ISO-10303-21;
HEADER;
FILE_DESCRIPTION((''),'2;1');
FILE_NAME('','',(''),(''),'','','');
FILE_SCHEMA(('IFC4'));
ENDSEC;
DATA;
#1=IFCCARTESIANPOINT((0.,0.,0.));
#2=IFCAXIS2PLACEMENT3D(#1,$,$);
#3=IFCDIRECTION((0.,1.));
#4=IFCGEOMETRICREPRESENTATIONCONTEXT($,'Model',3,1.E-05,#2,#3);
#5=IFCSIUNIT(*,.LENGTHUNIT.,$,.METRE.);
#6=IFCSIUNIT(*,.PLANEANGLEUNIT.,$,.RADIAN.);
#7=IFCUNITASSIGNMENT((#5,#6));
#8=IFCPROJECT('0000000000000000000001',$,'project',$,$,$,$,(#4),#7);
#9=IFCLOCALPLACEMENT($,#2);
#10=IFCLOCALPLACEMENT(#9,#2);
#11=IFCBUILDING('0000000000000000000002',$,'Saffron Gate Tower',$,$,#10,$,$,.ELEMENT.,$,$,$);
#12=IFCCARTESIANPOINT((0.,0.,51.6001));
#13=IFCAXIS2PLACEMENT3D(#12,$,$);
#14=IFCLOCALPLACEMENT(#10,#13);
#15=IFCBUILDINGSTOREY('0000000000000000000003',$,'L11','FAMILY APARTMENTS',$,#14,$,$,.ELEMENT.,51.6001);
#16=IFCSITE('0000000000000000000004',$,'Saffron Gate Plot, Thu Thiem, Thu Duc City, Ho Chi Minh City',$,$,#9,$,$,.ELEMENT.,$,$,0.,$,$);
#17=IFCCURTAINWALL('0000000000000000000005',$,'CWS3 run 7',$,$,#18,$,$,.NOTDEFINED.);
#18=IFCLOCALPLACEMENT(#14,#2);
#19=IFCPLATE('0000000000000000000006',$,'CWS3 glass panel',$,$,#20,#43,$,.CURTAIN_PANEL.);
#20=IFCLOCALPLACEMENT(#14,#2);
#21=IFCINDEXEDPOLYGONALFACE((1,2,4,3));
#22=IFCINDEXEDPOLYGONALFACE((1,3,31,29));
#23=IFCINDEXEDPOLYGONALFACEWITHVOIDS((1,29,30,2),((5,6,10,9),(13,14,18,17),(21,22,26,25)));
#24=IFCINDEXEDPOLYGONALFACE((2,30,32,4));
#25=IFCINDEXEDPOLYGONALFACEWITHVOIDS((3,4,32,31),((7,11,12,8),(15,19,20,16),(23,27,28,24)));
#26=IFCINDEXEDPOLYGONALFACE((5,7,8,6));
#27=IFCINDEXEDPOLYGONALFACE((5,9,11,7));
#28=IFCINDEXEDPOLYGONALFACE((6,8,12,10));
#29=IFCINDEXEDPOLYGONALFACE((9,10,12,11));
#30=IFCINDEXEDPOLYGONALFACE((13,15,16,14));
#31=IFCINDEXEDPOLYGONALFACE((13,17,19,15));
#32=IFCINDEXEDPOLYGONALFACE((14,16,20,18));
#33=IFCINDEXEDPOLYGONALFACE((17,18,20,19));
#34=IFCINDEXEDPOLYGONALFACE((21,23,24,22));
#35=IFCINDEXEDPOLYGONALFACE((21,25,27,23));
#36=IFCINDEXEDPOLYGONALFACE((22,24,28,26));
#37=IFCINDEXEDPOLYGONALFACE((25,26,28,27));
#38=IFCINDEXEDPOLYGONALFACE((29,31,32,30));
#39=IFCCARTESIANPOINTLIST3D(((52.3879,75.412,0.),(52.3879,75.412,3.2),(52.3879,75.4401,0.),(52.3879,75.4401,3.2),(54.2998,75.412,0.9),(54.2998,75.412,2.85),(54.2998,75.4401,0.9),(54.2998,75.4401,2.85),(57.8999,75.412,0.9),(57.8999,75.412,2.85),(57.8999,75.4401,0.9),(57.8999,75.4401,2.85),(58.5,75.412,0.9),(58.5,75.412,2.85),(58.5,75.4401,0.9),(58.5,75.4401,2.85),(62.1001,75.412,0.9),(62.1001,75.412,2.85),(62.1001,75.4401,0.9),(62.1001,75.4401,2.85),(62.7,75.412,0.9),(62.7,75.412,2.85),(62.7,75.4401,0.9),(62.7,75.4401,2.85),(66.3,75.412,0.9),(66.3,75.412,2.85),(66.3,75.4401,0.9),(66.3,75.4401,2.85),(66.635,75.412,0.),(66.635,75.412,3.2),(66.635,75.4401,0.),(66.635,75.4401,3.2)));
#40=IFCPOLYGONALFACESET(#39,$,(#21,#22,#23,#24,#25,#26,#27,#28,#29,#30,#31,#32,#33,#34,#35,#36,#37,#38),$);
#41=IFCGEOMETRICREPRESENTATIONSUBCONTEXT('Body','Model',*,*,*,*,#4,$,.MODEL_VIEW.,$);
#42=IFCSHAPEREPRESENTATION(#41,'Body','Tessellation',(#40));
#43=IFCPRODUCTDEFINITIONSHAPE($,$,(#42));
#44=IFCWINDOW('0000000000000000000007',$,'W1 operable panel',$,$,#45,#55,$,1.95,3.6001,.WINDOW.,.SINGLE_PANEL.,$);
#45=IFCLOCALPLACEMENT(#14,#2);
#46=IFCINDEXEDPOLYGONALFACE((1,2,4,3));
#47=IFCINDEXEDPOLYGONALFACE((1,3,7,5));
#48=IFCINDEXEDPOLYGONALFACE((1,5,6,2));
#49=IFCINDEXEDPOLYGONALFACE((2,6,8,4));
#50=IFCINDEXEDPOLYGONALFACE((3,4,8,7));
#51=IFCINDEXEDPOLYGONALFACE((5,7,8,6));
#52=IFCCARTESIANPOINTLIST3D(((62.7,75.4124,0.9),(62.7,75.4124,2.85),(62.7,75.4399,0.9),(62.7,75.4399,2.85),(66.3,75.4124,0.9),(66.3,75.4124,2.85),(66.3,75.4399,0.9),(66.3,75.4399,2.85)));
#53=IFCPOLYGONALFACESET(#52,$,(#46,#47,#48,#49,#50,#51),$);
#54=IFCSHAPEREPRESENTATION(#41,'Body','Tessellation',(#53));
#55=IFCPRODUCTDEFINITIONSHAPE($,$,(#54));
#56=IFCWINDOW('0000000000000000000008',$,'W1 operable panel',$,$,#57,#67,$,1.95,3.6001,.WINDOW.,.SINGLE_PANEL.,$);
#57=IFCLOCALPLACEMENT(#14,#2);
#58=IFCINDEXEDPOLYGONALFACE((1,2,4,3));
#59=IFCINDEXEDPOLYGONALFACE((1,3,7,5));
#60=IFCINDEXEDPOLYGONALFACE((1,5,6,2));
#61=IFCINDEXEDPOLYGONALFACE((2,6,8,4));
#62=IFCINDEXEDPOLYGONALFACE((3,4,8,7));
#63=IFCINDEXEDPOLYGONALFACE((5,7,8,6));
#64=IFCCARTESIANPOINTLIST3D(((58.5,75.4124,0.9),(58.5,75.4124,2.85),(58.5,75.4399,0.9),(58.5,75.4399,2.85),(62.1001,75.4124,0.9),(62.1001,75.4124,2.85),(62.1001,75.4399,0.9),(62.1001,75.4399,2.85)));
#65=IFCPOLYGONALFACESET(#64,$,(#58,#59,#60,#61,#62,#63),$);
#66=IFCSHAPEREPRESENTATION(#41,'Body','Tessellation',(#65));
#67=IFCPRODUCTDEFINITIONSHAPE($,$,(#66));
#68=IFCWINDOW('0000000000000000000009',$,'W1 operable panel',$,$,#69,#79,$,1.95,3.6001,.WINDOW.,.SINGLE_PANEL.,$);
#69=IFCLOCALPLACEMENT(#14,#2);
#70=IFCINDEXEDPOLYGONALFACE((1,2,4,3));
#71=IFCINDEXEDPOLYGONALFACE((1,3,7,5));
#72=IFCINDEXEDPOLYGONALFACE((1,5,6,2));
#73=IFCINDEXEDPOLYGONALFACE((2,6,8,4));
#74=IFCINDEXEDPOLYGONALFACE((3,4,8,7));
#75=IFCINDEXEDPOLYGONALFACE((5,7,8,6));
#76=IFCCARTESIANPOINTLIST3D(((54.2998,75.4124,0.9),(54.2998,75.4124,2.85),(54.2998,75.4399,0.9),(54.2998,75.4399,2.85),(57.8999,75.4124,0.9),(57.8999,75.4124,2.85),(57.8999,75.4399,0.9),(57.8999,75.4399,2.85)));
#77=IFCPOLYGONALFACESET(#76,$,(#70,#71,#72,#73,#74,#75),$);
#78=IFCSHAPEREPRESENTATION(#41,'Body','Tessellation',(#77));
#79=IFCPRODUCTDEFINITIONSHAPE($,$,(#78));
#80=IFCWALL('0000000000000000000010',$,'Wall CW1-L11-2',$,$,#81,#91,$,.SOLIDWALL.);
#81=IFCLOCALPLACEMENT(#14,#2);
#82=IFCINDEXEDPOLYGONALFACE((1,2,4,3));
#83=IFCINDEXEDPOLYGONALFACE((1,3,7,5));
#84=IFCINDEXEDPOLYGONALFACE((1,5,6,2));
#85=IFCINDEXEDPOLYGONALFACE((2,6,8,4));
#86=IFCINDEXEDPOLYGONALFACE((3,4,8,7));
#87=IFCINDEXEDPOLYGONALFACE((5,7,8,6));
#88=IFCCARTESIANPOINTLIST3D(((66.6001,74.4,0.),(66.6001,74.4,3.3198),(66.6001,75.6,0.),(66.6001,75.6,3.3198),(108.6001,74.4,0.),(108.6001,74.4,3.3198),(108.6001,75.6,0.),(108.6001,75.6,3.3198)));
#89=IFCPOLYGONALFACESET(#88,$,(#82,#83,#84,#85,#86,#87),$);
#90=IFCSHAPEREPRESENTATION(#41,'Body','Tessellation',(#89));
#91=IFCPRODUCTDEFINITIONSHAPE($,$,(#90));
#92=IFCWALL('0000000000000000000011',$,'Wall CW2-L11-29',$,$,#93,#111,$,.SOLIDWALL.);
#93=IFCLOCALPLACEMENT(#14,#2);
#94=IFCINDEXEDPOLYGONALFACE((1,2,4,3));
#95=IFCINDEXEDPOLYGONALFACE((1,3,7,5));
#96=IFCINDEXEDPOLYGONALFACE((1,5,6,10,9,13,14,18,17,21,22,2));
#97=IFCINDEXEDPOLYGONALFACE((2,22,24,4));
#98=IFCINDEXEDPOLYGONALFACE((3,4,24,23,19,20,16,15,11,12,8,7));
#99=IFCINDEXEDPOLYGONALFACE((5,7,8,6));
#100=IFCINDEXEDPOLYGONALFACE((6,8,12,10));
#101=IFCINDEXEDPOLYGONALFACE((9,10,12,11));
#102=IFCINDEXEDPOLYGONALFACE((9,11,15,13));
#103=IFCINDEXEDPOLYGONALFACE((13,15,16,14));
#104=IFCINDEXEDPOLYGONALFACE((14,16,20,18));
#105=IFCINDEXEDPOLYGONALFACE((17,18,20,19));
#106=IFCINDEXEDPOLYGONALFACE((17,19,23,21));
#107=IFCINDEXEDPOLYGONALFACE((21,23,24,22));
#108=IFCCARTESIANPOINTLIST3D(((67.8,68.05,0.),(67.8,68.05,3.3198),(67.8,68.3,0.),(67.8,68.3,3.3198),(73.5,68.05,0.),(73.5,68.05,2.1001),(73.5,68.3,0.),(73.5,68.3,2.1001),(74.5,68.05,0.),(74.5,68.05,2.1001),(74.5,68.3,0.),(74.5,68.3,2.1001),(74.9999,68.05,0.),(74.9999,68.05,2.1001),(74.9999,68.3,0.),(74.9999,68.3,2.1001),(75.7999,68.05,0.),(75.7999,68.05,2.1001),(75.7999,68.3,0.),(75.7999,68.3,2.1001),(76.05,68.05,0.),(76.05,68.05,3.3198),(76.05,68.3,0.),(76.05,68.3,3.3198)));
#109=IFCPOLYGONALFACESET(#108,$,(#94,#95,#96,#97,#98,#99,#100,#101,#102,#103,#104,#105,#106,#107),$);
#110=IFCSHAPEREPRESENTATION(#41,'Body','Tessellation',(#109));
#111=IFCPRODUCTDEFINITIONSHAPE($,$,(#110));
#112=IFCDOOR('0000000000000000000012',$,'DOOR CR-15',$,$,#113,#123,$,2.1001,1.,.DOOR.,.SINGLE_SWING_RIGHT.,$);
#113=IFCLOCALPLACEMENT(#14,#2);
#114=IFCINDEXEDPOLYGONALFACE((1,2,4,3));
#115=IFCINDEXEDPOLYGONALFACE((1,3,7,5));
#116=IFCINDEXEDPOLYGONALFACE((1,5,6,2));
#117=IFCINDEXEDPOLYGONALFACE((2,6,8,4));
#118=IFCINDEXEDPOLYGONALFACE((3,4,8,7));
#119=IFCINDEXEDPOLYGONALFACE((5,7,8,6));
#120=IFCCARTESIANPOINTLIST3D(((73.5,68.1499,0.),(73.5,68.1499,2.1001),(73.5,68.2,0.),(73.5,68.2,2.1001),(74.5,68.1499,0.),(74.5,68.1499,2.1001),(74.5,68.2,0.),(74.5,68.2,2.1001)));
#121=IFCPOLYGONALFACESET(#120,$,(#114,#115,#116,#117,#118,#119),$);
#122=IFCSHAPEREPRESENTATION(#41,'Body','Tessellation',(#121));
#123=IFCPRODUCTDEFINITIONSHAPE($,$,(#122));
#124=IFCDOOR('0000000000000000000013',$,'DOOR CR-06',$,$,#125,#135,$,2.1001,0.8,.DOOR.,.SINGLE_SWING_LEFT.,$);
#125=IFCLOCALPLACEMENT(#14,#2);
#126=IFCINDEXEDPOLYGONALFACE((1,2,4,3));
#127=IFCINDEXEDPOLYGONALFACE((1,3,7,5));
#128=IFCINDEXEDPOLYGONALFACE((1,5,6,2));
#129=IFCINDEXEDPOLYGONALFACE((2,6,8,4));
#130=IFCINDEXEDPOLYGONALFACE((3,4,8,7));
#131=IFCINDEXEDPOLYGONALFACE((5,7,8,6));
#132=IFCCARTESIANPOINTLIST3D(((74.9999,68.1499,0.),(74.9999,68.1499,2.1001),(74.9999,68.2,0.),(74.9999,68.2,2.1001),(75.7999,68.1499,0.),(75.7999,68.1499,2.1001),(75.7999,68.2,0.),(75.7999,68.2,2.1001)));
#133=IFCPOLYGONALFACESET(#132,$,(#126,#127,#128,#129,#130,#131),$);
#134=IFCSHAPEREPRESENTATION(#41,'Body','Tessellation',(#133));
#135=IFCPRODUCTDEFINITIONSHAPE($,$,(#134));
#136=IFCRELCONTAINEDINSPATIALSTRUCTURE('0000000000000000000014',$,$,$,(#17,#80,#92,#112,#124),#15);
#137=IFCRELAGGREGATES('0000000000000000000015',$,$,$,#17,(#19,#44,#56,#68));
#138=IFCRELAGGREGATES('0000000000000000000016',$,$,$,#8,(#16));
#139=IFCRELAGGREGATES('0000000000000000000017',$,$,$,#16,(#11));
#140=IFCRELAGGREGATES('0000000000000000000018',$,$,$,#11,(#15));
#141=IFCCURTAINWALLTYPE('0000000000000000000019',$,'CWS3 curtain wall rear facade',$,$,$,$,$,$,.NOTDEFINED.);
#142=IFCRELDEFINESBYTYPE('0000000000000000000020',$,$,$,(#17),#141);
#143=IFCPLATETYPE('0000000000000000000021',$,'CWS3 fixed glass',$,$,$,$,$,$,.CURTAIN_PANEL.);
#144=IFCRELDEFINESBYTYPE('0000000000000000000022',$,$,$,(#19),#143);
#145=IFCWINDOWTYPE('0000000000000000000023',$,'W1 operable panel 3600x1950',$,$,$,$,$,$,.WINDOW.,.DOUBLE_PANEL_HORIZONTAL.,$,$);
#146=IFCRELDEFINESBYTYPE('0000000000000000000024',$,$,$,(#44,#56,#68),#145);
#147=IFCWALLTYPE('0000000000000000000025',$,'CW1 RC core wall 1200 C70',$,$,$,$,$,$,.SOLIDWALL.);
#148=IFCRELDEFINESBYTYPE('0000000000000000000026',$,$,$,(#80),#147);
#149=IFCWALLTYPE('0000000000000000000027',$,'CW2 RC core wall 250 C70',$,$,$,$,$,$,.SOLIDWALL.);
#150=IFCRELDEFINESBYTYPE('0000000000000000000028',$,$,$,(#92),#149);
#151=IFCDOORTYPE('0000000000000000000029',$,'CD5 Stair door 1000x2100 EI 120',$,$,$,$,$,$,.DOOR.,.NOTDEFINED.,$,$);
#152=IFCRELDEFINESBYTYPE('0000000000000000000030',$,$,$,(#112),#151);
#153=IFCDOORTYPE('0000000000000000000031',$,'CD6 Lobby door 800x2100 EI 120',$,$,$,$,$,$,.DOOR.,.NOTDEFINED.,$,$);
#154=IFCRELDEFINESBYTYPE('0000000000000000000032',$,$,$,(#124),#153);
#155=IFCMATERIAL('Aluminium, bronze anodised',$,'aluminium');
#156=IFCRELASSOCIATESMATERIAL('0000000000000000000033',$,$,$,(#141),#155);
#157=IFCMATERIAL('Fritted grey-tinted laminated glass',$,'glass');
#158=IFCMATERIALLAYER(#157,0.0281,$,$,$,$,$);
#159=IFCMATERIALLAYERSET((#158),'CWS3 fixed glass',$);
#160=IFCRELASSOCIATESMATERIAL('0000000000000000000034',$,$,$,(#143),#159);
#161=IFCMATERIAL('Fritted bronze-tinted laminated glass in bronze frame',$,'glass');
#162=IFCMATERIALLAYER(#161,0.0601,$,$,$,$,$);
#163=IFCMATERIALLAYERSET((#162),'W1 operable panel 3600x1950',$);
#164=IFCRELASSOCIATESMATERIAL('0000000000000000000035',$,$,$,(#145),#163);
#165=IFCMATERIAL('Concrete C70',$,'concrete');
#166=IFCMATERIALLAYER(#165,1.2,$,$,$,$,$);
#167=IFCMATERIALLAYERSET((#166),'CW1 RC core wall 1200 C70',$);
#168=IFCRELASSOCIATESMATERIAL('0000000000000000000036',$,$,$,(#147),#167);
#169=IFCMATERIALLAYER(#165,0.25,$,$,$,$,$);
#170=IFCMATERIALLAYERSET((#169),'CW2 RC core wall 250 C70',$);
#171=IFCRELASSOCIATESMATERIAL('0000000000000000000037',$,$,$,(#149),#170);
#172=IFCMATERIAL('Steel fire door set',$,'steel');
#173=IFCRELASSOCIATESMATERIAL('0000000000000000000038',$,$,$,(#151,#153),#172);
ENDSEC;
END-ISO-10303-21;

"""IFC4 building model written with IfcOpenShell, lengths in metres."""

from ifc_helpers import new_model, si_unit, direction, frame, frame_2d, origin, place, context, subcontext, project, spatial, rectangle, extrude, material, layer, layer_set, type_object, element, fill, aggregate, save


model = new_model("IFC4")

# Units and contexts
model_context = context("Model", 3, precision=1e-05, world=origin(), true_north=direction((0.0, 1.0)))
body_context = subcontext(model_context, "Body", "Model", "MODEL_VIEW")
ifc_project = project(units=[si_unit("LENGTHUNIT", "METRE"), si_unit("PLANEANGLEUNIT", "RADIAN")], contexts=[model_context])

# Site, building, storey
site_placement = place(None, origin())
site = spatial("IfcSite", under=ifc_project, at=site_placement, Name="Saffron Gate Plot, Thu Thiem, Thu Duc City, Ho Chi Minh City", CompositionType="ELEMENT", RefElevation=0.0)
building_placement = place(site_placement, origin())
building = spatial("IfcBuilding", under=site, at=building_placement, Name="Saffron Gate Tower", CompositionType="ELEMENT")
storey_placement = place(building_placement, frame((0.0, 0.0, 51.6001)))
storey = spatial("IfcBuildingStorey", under=building, at=storey_placement, Name="L11", Description="FAMILY APARTMENTS", CompositionType="ELEMENT", Elevation=51.6001)

# Curtain wall, plate, openings, windows
ifc_material_1 = material(Name="Aluminium, bronze anodised", Category="aluminium")
curtain_wall_type = type_object("IfcCurtainWallType", Name="CWS3 curtain wall rear facade", PredefinedType="NOTDEFINED", material=ifc_material_1)
curtain_wall_placement = place(storey_placement, origin())
curtain_wall = element("IfcCurtainWall", 1, at=curtain_wall_placement, inside=storey, type_object=curtain_wall_type, Name="CWS3 run 7", PredefinedType="NOTDEFINED")
ifc_material_2 = material(Name="Fritted grey-tinted laminated glass", Category="glass")
ifc_layer_1 = layer(ifc_material_2, 0.0281)
ifc_layer_set_1 = layer_set([ifc_layer_1], Name="CWS3 fixed glass")
plate_type = type_object("IfcPlateType", Name="CWS3 fixed glass", PredefinedType="CURTAIN_PANEL", material=ifc_layer_set_1)
plate_placement = place(storey_placement, frame((66.635, 75.426, 0.0), z_axis=(0.0, 0.0, 1.0), x_axis=(-1.0, 0.0, 0.0)))
plate = element("IfcPlate", 2, at=plate_placement, type_object=plate_type, Name="CWS3 glass panel", PredefinedType="CURTAIN_PANEL", context=body_context, shape_type="SweptSolid", body=[
    extrude(rectangle(XDim=14.2471, YDim=0.0281, at=frame_2d((7.1235, 0.0))), origin(), (0.0, 0.0, 1.0), 3.2),
])
opening_1_placement = place(plate_placement, frame((0.335, 0.0, 0.8999)))
opening_1 = element("IfcOpeningElement", 3, at=opening_1_placement, cuts=plate, PredefinedType="OPENING", context=body_context, shape_type="SweptSolid", body=[
    extrude(rectangle(XDim=3.6001, YDim=1.95, at=frame_2d((1.8, 0.9751))), frame((0.0, 0.0239, 0.0), z_axis=(0.0, -1.0, 0.0), x_axis=(1.0, 0.0, 0.0)), (0.0, 0.0, 1.0), 0.0481),
])
opening_2_placement = place(plate_placement, frame((4.5349, 0.0, 0.8999)))
opening_2 = element("IfcOpeningElement", 4, at=opening_2_placement, cuts=plate, PredefinedType="OPENING", context=body_context, shape_type="SweptSolid", body=[
    extrude(rectangle(XDim=3.6001, YDim=1.95, at=frame_2d((1.8, 0.9751))), frame((0.0, 0.0239, 0.0), z_axis=(0.0, -1.0, 0.0), x_axis=(1.0, 0.0, 0.0)), (0.0, 0.0, 1.0), 0.0481),
])
opening_3_placement = place(plate_placement, frame((8.7351, 0.0, 0.8999)))
opening_3 = element("IfcOpeningElement", 5, at=opening_3_placement, cuts=plate, PredefinedType="OPENING", context=body_context, shape_type="SweptSolid", body=[
    extrude(rectangle(XDim=3.6001, YDim=1.95, at=frame_2d((1.8, 0.9751))), frame((0.0, 0.0239, 0.0), z_axis=(0.0, -1.0, 0.0), x_axis=(1.0, 0.0, 0.0)), (0.0, 0.0, 1.0), 0.0481),
])
ifc_material_3 = material(Name="Fritted bronze-tinted laminated glass in bronze frame", Category="glass")
ifc_layer_2 = layer(ifc_material_3, 0.0601)
ifc_layer_set_2 = layer_set([ifc_layer_2], Name="W1 operable panel 3600x1950")
window_type = type_object("IfcWindowType", Name="W1 operable panel 3600x1950", PartitioningType="DOUBLE_PANEL_HORIZONTAL", PredefinedType="WINDOW", material=ifc_layer_set_2)
window_1_placement = place(opening_1_placement, origin())
window_1 = element("IfcWindow", 6, at=window_1_placement, type_object=window_type, Name="W1 operable panel", OverallHeight=1.95, OverallWidth=3.6001, PartitioningType="SINGLE_PANEL", PredefinedType="WINDOW", context=body_context, shape_type="SweptSolid", body=[
    extrude(rectangle(XDim=3.6001, YDim=1.95, at=frame_2d((1.8, 0.9751))), frame((0.0, 0.0137, 0.0), z_axis=(0.0, -1.0, 0.0), x_axis=(1.0, 0.0, 0.0)), (0.0, 0.0, 1.0), 0.0276),
])
fill(opening_1, window_1)
window_2_placement = place(opening_2_placement, origin())
window_2 = element("IfcWindow", 7, at=window_2_placement, type_object=window_type, Name="W1 operable panel", OverallHeight=1.95, OverallWidth=3.6001, PartitioningType="SINGLE_PANEL", PredefinedType="WINDOW", context=body_context, shape_type="SweptSolid", body=[
    extrude(rectangle(XDim=3.6001, YDim=1.95, at=frame_2d((1.8, 0.9751))), frame((0.0, 0.0137, 0.0), z_axis=(0.0, -1.0, 0.0), x_axis=(1.0, 0.0, 0.0)), (0.0, 0.0, 1.0), 0.0276),
])
fill(opening_2, window_2)
window_3_placement = place(opening_3_placement, origin())
window_3 = element("IfcWindow", 8, at=window_3_placement, type_object=window_type, Name="W1 operable panel", OverallHeight=1.95, OverallWidth=3.6001, PartitioningType="SINGLE_PANEL", PredefinedType="WINDOW", context=body_context, shape_type="SweptSolid", body=[
    extrude(rectangle(XDim=3.6001, YDim=1.95, at=frame_2d((1.8, 0.9751))), frame((0.0, 0.0137, 0.0), z_axis=(0.0, -1.0, 0.0), x_axis=(1.0, 0.0, 0.0)), (0.0, 0.0, 1.0), 0.0276),
])
fill(opening_3, window_3)
aggregate(curtain_wall, [plate, window_1, window_2, window_3])

# Wall
ifc_material_4 = material(Name="Concrete C70", Category="concrete")
ifc_layer_3 = layer(ifc_material_4, 1.2)
ifc_layer_set_3 = layer_set([ifc_layer_3], Name="CW1 RC core wall 1200 C70")
wall_type_1 = type_object("IfcWallType", Name="CW1 RC core wall 1200 C70", PredefinedType="SOLIDWALL", material=ifc_layer_set_3)
wall_1_placement = place(storey_placement, frame((66.6001, 75.0, 0.0), z_axis=(0.0, 0.0, 1.0), x_axis=(1.0, 0.0, 0.0)))
element("IfcWall", 9, at=wall_1_placement, inside=storey, type_object=wall_type_1, Name="Wall CW1-L11-2", PredefinedType="SOLIDWALL", context=body_context, shape_type="SweptSolid", body=[
    extrude(rectangle(XDim=42.0, YDim=1.2, at=frame_2d((21.0, 0.0))), origin(), (0.0, 0.0, 1.0), 3.3198),
])

# Wall, openings, doors
ifc_layer_4 = layer(ifc_material_4, 0.25)
ifc_layer_set_4 = layer_set([ifc_layer_4], Name="CW2 RC core wall 250 C70")
wall_type_2 = type_object("IfcWallType", Name="CW2 RC core wall 250 C70", PredefinedType="SOLIDWALL", material=ifc_layer_set_4)
wall_2_placement = place(storey_placement, frame((67.8, 68.175, 0.0), z_axis=(0.0, 0.0, 1.0), x_axis=(1.0, 0.0, 0.0)))
wall_2 = element("IfcWall", 10, at=wall_2_placement, inside=storey, type_object=wall_type_2, Name="Wall CW2-L11-29", PredefinedType="SOLIDWALL", context=body_context, shape_type="SweptSolid", body=[
    extrude(rectangle(XDim=8.25, YDim=0.25, at=frame_2d((4.125, 0.0))), origin(), (0.0, 0.0, 1.0), 3.3198),
])
opening_4_placement = place(wall_2_placement, frame((5.7, 0.0, 0.0)))
opening_4 = element("IfcOpeningElement", 11, at=opening_4_placement, cuts=wall_2, PredefinedType="OPENING", context=body_context, shape_type="SweptSolid", body=[
    extrude(rectangle(XDim=1.0, YDim=2.1001, at=frame_2d((0.5, 1.05))), frame((0.0, 0.135, 0.0), z_axis=(0.0, -1.0, 0.0), x_axis=(1.0, 0.0, 0.0)), (0.0, 0.0, 1.0), 0.27),
])
opening_5_placement = place(wall_2_placement, frame((7.2, 0.0, 0.0)))
opening_5 = element("IfcOpeningElement", 12, at=opening_5_placement, cuts=wall_2, PredefinedType="OPENING", context=body_context, shape_type="SweptSolid", body=[
    extrude(rectangle(XDim=0.8, YDim=2.1001, at=frame_2d((0.3999, 1.05))), frame((0.0, 0.135, 0.0), z_axis=(0.0, -1.0, 0.0), x_axis=(1.0, 0.0, 0.0)), (0.0, 0.0, 1.0), 0.27),
])
ifc_material_5 = material(Name="Steel fire door set", Category="steel")
door_type_1 = type_object("IfcDoorType", Name="CD5 Stair door 1000x2100 EI 120", OperationType="NOTDEFINED", PredefinedType="DOOR", material=ifc_material_5)
door_1_placement = place(opening_4_placement, origin())
door_1 = element("IfcDoor", 13, at=door_1_placement, inside=storey, type_object=door_type_1, Name="DOOR CR-15", OperationType="SINGLE_SWING_RIGHT", OverallHeight=2.1001, OverallWidth=1.0, PredefinedType="DOOR", context=body_context, shape_type="SweptSolid", body=[
    extrude(rectangle(XDim=1.0, YDim=2.1001, at=frame_2d((0.5, 1.05))), frame((0.0, 0.0249, 0.0), z_axis=(0.0, -1.0, 0.0), x_axis=(1.0, 0.0, 0.0)), (0.0, 0.0, 1.0), 0.05),
])
fill(opening_4, door_1)
door_type_2 = type_object("IfcDoorType", Name="CD6 Lobby door 800x2100 EI 120", OperationType="NOTDEFINED", PredefinedType="DOOR", material=ifc_material_5)
door_2_placement = place(opening_5_placement, origin())
door_2 = element("IfcDoor", 14, at=door_2_placement, inside=storey, type_object=door_type_2, Name="DOOR CR-06", OperationType="SINGLE_SWING_LEFT", OverallHeight=2.1001, OverallWidth=0.8, PredefinedType="DOOR", context=body_context, shape_type="SweptSolid", body=[
    extrude(rectangle(XDim=0.8, YDim=2.1001, at=frame_2d((0.3999, 1.05))), frame((0.0, 0.0249, 0.0), z_axis=(0.0, -1.0, 0.0), x_axis=(1.0, 0.0, 0.0)), (0.0, 0.0, 1.0), 0.05),
])
fill(opening_5, door_2)

save(model, "model.ifc")
